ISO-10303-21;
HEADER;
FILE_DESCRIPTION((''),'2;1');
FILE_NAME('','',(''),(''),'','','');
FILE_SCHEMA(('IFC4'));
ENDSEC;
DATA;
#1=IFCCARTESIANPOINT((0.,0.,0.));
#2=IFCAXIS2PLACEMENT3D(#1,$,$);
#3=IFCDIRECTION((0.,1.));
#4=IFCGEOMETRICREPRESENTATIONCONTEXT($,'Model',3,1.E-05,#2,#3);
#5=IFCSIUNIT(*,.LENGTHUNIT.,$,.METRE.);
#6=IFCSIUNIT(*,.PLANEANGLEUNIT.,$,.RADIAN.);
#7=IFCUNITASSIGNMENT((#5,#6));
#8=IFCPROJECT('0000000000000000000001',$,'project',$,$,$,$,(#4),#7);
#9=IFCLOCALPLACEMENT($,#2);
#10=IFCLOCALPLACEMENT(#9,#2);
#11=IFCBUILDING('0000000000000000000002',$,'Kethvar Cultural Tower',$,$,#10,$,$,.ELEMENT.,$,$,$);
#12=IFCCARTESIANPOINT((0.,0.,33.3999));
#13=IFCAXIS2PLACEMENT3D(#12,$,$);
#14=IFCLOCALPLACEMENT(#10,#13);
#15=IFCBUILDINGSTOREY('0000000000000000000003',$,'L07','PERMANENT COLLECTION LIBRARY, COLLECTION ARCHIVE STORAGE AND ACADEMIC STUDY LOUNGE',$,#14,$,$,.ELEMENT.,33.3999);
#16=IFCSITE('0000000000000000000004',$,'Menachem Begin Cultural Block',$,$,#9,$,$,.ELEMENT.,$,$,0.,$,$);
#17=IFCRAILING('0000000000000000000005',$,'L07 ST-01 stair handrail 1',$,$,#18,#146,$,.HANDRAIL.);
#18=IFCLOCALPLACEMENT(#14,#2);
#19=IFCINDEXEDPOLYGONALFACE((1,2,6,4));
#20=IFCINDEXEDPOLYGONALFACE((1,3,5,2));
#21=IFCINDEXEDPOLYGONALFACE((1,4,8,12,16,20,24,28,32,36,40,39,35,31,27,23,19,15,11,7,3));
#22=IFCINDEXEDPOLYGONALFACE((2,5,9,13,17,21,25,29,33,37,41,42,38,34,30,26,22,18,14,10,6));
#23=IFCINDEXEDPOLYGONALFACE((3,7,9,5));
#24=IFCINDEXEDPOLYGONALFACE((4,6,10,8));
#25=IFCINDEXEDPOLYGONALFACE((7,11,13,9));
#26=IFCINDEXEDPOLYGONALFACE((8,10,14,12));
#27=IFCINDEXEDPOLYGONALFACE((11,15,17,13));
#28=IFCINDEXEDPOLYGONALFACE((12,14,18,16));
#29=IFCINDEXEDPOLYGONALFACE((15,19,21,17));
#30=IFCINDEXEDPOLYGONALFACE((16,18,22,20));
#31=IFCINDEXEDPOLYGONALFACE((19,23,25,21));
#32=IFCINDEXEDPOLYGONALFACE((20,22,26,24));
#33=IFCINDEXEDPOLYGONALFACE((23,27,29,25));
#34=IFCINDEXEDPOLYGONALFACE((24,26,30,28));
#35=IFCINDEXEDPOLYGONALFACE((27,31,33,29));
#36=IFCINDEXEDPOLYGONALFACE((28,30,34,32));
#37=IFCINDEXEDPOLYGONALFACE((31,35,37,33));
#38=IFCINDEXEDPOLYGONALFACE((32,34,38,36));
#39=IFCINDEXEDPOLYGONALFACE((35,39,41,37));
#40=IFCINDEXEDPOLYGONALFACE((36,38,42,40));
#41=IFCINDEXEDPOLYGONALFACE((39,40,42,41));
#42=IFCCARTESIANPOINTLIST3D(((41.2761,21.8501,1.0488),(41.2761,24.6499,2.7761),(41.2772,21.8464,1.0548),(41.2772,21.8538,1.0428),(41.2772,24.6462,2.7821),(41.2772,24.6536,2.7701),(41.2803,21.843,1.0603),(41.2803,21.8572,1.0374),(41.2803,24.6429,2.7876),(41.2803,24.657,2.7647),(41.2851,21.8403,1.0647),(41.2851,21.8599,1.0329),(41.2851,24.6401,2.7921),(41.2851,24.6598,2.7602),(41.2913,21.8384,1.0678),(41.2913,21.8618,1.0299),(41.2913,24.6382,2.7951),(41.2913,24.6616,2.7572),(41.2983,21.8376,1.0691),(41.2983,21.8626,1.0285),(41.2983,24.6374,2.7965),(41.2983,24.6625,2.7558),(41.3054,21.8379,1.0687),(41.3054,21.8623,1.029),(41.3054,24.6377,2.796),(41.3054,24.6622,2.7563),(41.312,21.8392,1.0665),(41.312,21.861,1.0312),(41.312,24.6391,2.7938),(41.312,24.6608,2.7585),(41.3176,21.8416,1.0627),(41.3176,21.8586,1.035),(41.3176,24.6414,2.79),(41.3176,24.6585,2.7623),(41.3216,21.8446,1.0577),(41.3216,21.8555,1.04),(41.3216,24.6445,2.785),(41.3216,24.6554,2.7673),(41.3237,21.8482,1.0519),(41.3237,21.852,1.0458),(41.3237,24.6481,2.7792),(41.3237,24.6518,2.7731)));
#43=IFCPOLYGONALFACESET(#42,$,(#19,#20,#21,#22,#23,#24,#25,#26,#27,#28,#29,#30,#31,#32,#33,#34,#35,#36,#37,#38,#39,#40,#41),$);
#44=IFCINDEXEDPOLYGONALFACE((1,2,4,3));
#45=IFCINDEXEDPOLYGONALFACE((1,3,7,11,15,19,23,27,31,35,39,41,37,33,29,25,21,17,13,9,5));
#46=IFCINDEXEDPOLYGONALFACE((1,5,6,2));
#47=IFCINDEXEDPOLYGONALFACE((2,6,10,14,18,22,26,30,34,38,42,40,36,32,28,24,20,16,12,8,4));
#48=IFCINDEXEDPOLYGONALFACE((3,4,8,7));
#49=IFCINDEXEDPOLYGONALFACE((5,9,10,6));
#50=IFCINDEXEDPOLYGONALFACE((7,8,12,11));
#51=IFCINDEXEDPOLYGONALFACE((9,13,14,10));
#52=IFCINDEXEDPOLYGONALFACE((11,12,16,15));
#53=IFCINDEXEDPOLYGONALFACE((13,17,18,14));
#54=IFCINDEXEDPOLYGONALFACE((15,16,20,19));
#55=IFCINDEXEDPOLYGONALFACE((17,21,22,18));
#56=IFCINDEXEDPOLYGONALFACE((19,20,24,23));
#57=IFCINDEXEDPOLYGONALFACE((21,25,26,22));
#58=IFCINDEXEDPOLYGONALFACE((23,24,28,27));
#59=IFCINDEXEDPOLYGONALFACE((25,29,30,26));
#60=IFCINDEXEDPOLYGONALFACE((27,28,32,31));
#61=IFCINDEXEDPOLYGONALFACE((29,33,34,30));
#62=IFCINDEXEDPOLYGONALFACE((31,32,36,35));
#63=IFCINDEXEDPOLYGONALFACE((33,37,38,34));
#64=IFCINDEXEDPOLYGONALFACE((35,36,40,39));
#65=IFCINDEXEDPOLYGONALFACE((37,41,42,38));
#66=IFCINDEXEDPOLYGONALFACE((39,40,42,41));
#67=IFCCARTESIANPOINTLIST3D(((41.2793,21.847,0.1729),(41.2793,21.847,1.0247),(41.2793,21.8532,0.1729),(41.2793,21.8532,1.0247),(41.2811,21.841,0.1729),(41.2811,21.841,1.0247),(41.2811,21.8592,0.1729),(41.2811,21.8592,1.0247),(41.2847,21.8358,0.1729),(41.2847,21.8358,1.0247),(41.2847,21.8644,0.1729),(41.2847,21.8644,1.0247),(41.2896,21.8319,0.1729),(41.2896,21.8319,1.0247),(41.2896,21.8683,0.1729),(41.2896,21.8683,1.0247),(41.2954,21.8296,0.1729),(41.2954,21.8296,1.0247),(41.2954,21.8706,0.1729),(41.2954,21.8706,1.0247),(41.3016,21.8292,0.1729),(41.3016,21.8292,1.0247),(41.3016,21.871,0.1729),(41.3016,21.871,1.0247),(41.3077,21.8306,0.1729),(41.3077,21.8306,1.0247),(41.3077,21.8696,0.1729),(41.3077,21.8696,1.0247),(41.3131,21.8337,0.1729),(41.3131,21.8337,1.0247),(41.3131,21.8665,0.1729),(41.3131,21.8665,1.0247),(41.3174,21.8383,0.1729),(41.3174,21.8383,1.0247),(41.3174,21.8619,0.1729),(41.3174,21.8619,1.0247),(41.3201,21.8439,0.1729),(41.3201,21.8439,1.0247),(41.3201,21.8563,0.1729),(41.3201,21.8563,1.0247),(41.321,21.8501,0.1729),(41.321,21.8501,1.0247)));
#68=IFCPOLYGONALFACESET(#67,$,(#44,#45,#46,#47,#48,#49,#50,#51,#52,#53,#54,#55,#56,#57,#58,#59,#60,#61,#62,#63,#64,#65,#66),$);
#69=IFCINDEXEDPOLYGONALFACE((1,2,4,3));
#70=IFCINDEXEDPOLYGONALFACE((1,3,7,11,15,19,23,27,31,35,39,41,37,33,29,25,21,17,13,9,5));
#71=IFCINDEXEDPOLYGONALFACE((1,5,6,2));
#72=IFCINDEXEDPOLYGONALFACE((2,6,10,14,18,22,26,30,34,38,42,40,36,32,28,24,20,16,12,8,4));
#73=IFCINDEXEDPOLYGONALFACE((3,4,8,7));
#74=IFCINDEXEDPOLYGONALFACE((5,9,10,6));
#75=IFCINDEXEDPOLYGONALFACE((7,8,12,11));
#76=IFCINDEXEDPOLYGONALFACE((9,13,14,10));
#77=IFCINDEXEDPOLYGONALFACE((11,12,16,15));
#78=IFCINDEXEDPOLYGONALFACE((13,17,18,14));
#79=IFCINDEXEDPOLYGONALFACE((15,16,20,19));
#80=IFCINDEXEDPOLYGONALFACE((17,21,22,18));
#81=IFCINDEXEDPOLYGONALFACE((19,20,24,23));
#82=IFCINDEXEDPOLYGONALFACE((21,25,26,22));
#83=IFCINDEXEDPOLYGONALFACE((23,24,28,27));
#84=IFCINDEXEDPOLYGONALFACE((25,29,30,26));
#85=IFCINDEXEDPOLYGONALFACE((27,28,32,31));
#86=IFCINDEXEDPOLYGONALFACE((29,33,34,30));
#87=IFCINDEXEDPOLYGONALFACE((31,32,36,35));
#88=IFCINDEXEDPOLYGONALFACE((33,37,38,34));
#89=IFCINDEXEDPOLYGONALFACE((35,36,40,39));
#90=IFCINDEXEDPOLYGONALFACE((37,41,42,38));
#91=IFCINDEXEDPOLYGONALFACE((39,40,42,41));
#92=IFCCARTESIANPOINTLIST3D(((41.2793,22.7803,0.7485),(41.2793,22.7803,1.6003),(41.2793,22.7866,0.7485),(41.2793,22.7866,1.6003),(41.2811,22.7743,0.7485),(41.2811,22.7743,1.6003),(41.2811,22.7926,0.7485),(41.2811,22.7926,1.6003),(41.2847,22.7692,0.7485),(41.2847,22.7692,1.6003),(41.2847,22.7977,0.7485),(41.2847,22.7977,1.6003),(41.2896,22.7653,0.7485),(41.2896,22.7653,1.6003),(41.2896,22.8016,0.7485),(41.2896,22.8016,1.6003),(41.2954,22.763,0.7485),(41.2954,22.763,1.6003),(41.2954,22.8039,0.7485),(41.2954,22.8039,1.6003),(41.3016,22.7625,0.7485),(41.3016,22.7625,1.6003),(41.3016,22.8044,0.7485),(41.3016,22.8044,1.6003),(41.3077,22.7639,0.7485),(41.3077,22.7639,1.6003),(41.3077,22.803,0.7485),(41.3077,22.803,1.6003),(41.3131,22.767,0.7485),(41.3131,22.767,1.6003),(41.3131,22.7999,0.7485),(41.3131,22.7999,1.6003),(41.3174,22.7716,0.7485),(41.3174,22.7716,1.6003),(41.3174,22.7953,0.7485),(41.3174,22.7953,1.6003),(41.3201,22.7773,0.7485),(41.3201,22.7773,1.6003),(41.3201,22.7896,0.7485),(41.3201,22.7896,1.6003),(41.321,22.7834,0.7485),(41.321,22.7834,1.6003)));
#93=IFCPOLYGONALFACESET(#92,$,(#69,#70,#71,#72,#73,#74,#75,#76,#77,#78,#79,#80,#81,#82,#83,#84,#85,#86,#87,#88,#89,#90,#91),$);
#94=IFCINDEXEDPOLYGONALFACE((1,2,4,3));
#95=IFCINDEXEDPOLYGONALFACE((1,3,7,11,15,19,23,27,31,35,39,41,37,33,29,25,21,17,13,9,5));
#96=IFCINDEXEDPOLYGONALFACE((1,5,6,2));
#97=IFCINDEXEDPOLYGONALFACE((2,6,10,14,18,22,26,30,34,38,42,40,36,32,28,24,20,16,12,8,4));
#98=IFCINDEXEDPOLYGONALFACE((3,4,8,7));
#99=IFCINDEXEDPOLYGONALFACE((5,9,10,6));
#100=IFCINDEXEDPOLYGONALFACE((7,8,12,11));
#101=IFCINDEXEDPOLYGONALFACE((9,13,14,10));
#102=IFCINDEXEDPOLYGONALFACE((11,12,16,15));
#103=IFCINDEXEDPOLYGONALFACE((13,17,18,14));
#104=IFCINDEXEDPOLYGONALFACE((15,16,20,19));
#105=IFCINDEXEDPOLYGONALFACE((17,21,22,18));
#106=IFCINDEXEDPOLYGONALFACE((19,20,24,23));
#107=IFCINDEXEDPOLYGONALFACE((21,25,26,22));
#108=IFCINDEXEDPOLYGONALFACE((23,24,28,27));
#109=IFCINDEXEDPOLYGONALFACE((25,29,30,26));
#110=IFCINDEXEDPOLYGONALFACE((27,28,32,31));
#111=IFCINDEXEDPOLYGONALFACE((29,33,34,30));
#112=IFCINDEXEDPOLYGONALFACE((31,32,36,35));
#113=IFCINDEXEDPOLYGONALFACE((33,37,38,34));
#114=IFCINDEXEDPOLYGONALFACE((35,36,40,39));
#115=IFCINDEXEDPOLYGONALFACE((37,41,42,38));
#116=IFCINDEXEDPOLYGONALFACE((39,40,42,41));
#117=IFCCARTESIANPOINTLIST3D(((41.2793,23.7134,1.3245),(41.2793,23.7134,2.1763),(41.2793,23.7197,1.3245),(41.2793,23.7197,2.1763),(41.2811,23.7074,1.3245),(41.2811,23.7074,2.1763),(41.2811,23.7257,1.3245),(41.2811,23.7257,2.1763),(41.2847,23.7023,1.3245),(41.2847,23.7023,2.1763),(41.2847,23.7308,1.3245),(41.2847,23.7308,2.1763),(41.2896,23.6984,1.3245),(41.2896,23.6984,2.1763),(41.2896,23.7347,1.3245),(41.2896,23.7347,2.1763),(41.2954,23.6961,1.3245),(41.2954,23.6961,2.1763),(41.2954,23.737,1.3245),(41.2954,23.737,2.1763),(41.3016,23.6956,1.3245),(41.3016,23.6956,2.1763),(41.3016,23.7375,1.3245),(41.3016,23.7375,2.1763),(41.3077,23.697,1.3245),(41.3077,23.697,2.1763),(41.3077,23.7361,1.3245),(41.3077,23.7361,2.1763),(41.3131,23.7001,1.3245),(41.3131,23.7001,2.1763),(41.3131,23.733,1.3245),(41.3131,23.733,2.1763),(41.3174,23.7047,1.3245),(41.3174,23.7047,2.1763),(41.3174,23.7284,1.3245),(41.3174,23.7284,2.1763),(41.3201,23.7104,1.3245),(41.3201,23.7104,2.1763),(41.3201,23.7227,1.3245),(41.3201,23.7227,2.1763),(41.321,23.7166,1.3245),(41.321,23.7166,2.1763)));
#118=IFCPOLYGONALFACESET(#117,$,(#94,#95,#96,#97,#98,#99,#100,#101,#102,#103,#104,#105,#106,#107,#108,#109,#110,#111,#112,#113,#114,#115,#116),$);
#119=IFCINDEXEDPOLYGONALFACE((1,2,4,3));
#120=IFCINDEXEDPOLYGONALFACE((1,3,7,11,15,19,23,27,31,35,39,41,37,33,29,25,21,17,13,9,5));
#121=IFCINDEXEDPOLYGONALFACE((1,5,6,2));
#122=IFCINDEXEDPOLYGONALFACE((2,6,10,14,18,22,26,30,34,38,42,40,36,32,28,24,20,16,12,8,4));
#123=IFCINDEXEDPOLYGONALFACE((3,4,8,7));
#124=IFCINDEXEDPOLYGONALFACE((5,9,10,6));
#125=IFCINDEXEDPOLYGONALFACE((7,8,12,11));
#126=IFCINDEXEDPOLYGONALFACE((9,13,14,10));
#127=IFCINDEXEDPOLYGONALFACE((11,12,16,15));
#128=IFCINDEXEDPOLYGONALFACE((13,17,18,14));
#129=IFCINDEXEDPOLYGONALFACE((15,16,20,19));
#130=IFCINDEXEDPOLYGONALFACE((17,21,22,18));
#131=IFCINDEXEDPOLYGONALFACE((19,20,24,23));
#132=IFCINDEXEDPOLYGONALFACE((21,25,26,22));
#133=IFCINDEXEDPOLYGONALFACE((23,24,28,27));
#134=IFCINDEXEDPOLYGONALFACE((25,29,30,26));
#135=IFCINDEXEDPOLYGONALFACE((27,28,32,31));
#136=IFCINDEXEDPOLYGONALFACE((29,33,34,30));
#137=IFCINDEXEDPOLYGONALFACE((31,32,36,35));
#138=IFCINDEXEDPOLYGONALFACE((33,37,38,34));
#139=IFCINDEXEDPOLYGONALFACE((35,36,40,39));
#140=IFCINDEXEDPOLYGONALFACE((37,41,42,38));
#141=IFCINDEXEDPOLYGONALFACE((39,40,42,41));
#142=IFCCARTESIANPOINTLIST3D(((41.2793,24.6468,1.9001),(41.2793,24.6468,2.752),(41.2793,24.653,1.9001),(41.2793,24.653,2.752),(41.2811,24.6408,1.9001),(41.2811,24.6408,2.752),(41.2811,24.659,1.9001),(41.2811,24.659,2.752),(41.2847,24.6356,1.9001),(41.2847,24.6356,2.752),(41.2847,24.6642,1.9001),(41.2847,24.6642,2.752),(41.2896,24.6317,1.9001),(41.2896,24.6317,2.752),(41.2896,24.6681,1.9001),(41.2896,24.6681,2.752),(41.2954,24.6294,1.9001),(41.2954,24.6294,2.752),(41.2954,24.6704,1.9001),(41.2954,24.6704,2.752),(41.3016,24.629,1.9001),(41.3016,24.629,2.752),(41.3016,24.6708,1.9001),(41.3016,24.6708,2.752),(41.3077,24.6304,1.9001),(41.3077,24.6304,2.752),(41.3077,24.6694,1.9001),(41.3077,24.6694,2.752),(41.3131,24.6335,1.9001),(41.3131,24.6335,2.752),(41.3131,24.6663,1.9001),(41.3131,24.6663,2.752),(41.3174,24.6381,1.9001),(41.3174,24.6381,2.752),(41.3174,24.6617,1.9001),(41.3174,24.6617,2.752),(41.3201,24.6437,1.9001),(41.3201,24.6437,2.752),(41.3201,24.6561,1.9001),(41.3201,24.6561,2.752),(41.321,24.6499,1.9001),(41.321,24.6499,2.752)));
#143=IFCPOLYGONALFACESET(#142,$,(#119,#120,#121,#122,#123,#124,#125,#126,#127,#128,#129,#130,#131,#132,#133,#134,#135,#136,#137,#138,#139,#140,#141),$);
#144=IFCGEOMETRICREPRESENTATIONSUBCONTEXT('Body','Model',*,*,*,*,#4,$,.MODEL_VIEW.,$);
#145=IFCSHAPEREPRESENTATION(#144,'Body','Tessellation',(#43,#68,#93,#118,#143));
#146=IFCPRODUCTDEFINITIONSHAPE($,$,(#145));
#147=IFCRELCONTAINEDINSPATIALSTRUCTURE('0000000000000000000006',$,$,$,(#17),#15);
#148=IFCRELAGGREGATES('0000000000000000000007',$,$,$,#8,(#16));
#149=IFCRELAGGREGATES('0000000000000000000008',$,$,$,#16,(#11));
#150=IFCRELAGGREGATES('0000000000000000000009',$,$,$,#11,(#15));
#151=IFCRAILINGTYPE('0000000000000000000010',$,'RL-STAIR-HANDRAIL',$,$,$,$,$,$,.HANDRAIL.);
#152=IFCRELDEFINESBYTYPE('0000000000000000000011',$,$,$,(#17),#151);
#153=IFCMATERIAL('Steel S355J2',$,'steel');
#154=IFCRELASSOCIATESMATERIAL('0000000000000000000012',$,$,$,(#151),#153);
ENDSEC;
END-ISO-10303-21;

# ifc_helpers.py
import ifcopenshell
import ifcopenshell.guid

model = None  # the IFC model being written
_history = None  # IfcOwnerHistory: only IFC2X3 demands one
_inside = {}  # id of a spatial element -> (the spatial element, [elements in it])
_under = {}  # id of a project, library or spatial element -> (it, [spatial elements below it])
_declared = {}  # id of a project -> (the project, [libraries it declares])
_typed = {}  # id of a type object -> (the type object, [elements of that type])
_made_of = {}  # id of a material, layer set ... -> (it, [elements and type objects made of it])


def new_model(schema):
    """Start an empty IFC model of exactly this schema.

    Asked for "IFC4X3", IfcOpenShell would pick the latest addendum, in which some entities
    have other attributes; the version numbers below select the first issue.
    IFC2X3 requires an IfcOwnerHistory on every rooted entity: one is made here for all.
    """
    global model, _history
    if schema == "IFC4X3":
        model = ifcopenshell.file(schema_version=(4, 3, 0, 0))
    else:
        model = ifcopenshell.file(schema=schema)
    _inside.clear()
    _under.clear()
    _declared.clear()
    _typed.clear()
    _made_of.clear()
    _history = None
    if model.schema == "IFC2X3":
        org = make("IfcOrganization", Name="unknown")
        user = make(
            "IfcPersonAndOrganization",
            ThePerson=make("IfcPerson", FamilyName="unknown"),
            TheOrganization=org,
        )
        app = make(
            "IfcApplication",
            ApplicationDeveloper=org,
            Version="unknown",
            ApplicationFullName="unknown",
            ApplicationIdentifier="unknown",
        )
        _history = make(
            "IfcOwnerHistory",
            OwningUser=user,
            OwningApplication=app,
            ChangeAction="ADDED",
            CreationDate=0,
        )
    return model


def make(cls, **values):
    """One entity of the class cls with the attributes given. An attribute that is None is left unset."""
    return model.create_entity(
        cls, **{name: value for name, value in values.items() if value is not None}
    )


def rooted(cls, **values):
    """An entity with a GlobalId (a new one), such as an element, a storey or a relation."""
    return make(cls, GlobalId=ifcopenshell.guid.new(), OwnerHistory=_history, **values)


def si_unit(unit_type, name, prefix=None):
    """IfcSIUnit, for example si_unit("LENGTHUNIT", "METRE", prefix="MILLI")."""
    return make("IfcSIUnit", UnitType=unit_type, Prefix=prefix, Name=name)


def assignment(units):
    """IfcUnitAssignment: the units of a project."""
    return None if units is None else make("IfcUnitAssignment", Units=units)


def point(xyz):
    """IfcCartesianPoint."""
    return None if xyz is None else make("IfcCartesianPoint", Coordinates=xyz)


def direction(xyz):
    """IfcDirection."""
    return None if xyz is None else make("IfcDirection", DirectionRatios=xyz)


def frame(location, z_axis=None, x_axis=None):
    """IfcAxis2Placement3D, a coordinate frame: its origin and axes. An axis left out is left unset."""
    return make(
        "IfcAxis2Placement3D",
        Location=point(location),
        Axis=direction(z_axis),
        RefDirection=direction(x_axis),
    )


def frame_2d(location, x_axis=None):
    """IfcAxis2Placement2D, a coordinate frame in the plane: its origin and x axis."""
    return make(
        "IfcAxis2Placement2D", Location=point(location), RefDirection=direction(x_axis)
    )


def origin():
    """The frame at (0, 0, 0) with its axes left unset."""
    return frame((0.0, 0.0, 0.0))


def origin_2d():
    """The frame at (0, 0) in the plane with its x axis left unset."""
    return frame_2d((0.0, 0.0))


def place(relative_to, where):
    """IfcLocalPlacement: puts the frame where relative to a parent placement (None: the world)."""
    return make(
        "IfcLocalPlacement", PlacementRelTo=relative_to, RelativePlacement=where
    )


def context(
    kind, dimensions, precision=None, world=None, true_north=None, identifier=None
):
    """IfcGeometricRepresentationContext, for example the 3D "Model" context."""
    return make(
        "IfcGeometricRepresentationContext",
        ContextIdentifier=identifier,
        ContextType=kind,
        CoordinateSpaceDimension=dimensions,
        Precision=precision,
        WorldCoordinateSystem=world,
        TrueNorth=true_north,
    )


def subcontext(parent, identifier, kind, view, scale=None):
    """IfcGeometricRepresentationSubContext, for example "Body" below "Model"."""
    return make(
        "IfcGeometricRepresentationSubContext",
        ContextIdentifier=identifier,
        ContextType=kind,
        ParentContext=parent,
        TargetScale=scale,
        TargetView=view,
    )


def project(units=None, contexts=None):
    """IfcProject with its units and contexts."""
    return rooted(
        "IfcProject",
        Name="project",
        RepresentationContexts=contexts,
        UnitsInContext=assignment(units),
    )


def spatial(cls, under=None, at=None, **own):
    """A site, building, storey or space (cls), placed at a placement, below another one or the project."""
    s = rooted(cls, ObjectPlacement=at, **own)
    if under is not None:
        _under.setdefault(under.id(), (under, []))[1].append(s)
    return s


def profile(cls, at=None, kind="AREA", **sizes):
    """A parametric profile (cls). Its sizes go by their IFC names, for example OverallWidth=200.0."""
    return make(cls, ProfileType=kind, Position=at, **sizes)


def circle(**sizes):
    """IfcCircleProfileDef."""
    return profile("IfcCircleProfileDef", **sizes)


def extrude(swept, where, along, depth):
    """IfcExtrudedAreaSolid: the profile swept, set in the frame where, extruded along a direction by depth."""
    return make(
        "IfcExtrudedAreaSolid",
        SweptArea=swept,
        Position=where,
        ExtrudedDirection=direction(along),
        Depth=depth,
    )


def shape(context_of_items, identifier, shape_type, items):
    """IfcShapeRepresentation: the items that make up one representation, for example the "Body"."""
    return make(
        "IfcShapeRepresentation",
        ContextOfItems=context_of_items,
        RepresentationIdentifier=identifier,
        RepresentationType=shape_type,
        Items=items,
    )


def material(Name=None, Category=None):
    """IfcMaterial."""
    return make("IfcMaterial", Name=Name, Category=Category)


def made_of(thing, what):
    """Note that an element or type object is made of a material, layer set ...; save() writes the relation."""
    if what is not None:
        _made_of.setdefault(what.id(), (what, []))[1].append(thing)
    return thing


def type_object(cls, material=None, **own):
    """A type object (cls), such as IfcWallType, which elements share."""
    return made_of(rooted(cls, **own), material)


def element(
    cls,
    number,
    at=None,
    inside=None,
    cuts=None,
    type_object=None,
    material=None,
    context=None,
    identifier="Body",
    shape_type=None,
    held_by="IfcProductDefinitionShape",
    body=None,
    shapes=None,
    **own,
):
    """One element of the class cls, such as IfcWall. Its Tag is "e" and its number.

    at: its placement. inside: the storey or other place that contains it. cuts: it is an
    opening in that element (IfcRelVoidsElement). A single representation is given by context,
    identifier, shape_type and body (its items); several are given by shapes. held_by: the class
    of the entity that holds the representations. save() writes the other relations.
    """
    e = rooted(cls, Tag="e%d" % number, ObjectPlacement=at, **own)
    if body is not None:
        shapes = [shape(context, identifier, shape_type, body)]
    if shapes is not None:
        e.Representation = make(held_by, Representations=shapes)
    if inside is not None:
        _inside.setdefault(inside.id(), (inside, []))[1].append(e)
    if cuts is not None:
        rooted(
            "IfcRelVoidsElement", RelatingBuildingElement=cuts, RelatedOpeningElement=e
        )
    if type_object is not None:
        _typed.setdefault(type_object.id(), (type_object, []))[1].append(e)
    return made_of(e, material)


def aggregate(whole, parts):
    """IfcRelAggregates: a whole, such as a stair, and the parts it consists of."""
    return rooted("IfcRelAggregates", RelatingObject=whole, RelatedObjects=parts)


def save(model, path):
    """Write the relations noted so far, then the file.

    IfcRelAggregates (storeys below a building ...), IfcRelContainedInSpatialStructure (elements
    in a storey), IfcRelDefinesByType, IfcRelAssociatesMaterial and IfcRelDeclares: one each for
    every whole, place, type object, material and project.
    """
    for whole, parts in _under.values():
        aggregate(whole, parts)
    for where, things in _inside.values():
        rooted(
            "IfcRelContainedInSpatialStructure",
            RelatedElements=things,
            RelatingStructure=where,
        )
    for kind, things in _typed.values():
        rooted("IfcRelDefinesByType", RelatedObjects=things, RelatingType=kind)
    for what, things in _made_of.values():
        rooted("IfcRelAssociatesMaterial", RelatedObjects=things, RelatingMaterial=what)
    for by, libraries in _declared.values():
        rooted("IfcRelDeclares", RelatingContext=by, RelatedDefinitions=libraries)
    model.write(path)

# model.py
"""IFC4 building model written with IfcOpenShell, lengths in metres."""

from ifc_helpers import new_model, si_unit, direction, frame, origin, origin_2d, place, context, subcontext, project, spatial, circle, extrude, material, type_object, element, save


model = new_model("IFC4")

# Units and contexts
model_context = context("Model", 3, precision=1e-05, world=origin(), true_north=direction((0.0, 1.0)))
body_context = subcontext(model_context, "Body", "Model", "MODEL_VIEW")
ifc_project = project(units=[si_unit("LENGTHUNIT", "METRE"), si_unit("PLANEANGLEUNIT", "RADIAN")], contexts=[model_context])

# Site, building, storey
site_placement = place(None, origin())
site = spatial("IfcSite", under=ifc_project, at=site_placement, Name="Menachem Begin Cultural Block", CompositionType="ELEMENT", RefElevation=0.0)
building_placement = place(site_placement, origin())
building = spatial("IfcBuilding", under=site, at=building_placement, Name="Kethvar Cultural Tower", CompositionType="ELEMENT")
storey_placement = place(building_placement, frame((0.0, 0.0, 33.3999)))
storey = spatial("IfcBuildingStorey", under=building, at=storey_placement, Name="L07", Description="PERMANENT COLLECTION LIBRARY, COLLECTION ARCHIVE STORAGE AND ACADEMIC STUDY LOUNGE", CompositionType="ELEMENT", Elevation=33.3999)

# Shared definitions
ifc_material_1 = material(Name="Steel S355J2", Category="steel")

# Railing
railing_type_1 = type_object("IfcRailingType", Name="RL-STAIR-HANDRAIL", PredefinedType="HANDRAIL", material=ifc_material_1)
railing_1_placement = place(storey_placement, frame((41.3, 21.8501, 0.1729)))
element("IfcRailing", 1, at=railing_1_placement, inside=storey, type_object=railing_type_1, Name="L07 ST-01 stair handrail 1", PredefinedType="HANDRAIL", context=body_context, shape_type="SweptSolid", body=[
    extrude(circle(Radius=0.0239, at=origin_2d()), frame((0.0, 0.0, 0.876), z_axis=(0.0, 0.851069, 0.525054), x_axis=(-1.0, 0.0, 0.0)), (0.0, 0.0, 1.0), 3.2898),
    extrude(circle(Radius=0.021, at=origin_2d()), origin(), (0.0, 0.0, 1.0), 0.8518),
    extrude(circle(Radius=0.021, at=origin_2d()), frame((0.0, 0.9333, 0.5757)), (0.0, 0.0, 1.0), 0.8518),
    extrude(circle(Radius=0.021, at=origin_2d()), frame((0.0, 1.8665, 1.1516)), (0.0, 0.0, 1.0), 0.8518),
    extrude(circle(Radius=0.021, at=origin_2d()), frame((0.0, 2.7998, 1.7273)), (0.0, 0.0, 1.0), 0.8518),
])

save(model, "model.ifc")
